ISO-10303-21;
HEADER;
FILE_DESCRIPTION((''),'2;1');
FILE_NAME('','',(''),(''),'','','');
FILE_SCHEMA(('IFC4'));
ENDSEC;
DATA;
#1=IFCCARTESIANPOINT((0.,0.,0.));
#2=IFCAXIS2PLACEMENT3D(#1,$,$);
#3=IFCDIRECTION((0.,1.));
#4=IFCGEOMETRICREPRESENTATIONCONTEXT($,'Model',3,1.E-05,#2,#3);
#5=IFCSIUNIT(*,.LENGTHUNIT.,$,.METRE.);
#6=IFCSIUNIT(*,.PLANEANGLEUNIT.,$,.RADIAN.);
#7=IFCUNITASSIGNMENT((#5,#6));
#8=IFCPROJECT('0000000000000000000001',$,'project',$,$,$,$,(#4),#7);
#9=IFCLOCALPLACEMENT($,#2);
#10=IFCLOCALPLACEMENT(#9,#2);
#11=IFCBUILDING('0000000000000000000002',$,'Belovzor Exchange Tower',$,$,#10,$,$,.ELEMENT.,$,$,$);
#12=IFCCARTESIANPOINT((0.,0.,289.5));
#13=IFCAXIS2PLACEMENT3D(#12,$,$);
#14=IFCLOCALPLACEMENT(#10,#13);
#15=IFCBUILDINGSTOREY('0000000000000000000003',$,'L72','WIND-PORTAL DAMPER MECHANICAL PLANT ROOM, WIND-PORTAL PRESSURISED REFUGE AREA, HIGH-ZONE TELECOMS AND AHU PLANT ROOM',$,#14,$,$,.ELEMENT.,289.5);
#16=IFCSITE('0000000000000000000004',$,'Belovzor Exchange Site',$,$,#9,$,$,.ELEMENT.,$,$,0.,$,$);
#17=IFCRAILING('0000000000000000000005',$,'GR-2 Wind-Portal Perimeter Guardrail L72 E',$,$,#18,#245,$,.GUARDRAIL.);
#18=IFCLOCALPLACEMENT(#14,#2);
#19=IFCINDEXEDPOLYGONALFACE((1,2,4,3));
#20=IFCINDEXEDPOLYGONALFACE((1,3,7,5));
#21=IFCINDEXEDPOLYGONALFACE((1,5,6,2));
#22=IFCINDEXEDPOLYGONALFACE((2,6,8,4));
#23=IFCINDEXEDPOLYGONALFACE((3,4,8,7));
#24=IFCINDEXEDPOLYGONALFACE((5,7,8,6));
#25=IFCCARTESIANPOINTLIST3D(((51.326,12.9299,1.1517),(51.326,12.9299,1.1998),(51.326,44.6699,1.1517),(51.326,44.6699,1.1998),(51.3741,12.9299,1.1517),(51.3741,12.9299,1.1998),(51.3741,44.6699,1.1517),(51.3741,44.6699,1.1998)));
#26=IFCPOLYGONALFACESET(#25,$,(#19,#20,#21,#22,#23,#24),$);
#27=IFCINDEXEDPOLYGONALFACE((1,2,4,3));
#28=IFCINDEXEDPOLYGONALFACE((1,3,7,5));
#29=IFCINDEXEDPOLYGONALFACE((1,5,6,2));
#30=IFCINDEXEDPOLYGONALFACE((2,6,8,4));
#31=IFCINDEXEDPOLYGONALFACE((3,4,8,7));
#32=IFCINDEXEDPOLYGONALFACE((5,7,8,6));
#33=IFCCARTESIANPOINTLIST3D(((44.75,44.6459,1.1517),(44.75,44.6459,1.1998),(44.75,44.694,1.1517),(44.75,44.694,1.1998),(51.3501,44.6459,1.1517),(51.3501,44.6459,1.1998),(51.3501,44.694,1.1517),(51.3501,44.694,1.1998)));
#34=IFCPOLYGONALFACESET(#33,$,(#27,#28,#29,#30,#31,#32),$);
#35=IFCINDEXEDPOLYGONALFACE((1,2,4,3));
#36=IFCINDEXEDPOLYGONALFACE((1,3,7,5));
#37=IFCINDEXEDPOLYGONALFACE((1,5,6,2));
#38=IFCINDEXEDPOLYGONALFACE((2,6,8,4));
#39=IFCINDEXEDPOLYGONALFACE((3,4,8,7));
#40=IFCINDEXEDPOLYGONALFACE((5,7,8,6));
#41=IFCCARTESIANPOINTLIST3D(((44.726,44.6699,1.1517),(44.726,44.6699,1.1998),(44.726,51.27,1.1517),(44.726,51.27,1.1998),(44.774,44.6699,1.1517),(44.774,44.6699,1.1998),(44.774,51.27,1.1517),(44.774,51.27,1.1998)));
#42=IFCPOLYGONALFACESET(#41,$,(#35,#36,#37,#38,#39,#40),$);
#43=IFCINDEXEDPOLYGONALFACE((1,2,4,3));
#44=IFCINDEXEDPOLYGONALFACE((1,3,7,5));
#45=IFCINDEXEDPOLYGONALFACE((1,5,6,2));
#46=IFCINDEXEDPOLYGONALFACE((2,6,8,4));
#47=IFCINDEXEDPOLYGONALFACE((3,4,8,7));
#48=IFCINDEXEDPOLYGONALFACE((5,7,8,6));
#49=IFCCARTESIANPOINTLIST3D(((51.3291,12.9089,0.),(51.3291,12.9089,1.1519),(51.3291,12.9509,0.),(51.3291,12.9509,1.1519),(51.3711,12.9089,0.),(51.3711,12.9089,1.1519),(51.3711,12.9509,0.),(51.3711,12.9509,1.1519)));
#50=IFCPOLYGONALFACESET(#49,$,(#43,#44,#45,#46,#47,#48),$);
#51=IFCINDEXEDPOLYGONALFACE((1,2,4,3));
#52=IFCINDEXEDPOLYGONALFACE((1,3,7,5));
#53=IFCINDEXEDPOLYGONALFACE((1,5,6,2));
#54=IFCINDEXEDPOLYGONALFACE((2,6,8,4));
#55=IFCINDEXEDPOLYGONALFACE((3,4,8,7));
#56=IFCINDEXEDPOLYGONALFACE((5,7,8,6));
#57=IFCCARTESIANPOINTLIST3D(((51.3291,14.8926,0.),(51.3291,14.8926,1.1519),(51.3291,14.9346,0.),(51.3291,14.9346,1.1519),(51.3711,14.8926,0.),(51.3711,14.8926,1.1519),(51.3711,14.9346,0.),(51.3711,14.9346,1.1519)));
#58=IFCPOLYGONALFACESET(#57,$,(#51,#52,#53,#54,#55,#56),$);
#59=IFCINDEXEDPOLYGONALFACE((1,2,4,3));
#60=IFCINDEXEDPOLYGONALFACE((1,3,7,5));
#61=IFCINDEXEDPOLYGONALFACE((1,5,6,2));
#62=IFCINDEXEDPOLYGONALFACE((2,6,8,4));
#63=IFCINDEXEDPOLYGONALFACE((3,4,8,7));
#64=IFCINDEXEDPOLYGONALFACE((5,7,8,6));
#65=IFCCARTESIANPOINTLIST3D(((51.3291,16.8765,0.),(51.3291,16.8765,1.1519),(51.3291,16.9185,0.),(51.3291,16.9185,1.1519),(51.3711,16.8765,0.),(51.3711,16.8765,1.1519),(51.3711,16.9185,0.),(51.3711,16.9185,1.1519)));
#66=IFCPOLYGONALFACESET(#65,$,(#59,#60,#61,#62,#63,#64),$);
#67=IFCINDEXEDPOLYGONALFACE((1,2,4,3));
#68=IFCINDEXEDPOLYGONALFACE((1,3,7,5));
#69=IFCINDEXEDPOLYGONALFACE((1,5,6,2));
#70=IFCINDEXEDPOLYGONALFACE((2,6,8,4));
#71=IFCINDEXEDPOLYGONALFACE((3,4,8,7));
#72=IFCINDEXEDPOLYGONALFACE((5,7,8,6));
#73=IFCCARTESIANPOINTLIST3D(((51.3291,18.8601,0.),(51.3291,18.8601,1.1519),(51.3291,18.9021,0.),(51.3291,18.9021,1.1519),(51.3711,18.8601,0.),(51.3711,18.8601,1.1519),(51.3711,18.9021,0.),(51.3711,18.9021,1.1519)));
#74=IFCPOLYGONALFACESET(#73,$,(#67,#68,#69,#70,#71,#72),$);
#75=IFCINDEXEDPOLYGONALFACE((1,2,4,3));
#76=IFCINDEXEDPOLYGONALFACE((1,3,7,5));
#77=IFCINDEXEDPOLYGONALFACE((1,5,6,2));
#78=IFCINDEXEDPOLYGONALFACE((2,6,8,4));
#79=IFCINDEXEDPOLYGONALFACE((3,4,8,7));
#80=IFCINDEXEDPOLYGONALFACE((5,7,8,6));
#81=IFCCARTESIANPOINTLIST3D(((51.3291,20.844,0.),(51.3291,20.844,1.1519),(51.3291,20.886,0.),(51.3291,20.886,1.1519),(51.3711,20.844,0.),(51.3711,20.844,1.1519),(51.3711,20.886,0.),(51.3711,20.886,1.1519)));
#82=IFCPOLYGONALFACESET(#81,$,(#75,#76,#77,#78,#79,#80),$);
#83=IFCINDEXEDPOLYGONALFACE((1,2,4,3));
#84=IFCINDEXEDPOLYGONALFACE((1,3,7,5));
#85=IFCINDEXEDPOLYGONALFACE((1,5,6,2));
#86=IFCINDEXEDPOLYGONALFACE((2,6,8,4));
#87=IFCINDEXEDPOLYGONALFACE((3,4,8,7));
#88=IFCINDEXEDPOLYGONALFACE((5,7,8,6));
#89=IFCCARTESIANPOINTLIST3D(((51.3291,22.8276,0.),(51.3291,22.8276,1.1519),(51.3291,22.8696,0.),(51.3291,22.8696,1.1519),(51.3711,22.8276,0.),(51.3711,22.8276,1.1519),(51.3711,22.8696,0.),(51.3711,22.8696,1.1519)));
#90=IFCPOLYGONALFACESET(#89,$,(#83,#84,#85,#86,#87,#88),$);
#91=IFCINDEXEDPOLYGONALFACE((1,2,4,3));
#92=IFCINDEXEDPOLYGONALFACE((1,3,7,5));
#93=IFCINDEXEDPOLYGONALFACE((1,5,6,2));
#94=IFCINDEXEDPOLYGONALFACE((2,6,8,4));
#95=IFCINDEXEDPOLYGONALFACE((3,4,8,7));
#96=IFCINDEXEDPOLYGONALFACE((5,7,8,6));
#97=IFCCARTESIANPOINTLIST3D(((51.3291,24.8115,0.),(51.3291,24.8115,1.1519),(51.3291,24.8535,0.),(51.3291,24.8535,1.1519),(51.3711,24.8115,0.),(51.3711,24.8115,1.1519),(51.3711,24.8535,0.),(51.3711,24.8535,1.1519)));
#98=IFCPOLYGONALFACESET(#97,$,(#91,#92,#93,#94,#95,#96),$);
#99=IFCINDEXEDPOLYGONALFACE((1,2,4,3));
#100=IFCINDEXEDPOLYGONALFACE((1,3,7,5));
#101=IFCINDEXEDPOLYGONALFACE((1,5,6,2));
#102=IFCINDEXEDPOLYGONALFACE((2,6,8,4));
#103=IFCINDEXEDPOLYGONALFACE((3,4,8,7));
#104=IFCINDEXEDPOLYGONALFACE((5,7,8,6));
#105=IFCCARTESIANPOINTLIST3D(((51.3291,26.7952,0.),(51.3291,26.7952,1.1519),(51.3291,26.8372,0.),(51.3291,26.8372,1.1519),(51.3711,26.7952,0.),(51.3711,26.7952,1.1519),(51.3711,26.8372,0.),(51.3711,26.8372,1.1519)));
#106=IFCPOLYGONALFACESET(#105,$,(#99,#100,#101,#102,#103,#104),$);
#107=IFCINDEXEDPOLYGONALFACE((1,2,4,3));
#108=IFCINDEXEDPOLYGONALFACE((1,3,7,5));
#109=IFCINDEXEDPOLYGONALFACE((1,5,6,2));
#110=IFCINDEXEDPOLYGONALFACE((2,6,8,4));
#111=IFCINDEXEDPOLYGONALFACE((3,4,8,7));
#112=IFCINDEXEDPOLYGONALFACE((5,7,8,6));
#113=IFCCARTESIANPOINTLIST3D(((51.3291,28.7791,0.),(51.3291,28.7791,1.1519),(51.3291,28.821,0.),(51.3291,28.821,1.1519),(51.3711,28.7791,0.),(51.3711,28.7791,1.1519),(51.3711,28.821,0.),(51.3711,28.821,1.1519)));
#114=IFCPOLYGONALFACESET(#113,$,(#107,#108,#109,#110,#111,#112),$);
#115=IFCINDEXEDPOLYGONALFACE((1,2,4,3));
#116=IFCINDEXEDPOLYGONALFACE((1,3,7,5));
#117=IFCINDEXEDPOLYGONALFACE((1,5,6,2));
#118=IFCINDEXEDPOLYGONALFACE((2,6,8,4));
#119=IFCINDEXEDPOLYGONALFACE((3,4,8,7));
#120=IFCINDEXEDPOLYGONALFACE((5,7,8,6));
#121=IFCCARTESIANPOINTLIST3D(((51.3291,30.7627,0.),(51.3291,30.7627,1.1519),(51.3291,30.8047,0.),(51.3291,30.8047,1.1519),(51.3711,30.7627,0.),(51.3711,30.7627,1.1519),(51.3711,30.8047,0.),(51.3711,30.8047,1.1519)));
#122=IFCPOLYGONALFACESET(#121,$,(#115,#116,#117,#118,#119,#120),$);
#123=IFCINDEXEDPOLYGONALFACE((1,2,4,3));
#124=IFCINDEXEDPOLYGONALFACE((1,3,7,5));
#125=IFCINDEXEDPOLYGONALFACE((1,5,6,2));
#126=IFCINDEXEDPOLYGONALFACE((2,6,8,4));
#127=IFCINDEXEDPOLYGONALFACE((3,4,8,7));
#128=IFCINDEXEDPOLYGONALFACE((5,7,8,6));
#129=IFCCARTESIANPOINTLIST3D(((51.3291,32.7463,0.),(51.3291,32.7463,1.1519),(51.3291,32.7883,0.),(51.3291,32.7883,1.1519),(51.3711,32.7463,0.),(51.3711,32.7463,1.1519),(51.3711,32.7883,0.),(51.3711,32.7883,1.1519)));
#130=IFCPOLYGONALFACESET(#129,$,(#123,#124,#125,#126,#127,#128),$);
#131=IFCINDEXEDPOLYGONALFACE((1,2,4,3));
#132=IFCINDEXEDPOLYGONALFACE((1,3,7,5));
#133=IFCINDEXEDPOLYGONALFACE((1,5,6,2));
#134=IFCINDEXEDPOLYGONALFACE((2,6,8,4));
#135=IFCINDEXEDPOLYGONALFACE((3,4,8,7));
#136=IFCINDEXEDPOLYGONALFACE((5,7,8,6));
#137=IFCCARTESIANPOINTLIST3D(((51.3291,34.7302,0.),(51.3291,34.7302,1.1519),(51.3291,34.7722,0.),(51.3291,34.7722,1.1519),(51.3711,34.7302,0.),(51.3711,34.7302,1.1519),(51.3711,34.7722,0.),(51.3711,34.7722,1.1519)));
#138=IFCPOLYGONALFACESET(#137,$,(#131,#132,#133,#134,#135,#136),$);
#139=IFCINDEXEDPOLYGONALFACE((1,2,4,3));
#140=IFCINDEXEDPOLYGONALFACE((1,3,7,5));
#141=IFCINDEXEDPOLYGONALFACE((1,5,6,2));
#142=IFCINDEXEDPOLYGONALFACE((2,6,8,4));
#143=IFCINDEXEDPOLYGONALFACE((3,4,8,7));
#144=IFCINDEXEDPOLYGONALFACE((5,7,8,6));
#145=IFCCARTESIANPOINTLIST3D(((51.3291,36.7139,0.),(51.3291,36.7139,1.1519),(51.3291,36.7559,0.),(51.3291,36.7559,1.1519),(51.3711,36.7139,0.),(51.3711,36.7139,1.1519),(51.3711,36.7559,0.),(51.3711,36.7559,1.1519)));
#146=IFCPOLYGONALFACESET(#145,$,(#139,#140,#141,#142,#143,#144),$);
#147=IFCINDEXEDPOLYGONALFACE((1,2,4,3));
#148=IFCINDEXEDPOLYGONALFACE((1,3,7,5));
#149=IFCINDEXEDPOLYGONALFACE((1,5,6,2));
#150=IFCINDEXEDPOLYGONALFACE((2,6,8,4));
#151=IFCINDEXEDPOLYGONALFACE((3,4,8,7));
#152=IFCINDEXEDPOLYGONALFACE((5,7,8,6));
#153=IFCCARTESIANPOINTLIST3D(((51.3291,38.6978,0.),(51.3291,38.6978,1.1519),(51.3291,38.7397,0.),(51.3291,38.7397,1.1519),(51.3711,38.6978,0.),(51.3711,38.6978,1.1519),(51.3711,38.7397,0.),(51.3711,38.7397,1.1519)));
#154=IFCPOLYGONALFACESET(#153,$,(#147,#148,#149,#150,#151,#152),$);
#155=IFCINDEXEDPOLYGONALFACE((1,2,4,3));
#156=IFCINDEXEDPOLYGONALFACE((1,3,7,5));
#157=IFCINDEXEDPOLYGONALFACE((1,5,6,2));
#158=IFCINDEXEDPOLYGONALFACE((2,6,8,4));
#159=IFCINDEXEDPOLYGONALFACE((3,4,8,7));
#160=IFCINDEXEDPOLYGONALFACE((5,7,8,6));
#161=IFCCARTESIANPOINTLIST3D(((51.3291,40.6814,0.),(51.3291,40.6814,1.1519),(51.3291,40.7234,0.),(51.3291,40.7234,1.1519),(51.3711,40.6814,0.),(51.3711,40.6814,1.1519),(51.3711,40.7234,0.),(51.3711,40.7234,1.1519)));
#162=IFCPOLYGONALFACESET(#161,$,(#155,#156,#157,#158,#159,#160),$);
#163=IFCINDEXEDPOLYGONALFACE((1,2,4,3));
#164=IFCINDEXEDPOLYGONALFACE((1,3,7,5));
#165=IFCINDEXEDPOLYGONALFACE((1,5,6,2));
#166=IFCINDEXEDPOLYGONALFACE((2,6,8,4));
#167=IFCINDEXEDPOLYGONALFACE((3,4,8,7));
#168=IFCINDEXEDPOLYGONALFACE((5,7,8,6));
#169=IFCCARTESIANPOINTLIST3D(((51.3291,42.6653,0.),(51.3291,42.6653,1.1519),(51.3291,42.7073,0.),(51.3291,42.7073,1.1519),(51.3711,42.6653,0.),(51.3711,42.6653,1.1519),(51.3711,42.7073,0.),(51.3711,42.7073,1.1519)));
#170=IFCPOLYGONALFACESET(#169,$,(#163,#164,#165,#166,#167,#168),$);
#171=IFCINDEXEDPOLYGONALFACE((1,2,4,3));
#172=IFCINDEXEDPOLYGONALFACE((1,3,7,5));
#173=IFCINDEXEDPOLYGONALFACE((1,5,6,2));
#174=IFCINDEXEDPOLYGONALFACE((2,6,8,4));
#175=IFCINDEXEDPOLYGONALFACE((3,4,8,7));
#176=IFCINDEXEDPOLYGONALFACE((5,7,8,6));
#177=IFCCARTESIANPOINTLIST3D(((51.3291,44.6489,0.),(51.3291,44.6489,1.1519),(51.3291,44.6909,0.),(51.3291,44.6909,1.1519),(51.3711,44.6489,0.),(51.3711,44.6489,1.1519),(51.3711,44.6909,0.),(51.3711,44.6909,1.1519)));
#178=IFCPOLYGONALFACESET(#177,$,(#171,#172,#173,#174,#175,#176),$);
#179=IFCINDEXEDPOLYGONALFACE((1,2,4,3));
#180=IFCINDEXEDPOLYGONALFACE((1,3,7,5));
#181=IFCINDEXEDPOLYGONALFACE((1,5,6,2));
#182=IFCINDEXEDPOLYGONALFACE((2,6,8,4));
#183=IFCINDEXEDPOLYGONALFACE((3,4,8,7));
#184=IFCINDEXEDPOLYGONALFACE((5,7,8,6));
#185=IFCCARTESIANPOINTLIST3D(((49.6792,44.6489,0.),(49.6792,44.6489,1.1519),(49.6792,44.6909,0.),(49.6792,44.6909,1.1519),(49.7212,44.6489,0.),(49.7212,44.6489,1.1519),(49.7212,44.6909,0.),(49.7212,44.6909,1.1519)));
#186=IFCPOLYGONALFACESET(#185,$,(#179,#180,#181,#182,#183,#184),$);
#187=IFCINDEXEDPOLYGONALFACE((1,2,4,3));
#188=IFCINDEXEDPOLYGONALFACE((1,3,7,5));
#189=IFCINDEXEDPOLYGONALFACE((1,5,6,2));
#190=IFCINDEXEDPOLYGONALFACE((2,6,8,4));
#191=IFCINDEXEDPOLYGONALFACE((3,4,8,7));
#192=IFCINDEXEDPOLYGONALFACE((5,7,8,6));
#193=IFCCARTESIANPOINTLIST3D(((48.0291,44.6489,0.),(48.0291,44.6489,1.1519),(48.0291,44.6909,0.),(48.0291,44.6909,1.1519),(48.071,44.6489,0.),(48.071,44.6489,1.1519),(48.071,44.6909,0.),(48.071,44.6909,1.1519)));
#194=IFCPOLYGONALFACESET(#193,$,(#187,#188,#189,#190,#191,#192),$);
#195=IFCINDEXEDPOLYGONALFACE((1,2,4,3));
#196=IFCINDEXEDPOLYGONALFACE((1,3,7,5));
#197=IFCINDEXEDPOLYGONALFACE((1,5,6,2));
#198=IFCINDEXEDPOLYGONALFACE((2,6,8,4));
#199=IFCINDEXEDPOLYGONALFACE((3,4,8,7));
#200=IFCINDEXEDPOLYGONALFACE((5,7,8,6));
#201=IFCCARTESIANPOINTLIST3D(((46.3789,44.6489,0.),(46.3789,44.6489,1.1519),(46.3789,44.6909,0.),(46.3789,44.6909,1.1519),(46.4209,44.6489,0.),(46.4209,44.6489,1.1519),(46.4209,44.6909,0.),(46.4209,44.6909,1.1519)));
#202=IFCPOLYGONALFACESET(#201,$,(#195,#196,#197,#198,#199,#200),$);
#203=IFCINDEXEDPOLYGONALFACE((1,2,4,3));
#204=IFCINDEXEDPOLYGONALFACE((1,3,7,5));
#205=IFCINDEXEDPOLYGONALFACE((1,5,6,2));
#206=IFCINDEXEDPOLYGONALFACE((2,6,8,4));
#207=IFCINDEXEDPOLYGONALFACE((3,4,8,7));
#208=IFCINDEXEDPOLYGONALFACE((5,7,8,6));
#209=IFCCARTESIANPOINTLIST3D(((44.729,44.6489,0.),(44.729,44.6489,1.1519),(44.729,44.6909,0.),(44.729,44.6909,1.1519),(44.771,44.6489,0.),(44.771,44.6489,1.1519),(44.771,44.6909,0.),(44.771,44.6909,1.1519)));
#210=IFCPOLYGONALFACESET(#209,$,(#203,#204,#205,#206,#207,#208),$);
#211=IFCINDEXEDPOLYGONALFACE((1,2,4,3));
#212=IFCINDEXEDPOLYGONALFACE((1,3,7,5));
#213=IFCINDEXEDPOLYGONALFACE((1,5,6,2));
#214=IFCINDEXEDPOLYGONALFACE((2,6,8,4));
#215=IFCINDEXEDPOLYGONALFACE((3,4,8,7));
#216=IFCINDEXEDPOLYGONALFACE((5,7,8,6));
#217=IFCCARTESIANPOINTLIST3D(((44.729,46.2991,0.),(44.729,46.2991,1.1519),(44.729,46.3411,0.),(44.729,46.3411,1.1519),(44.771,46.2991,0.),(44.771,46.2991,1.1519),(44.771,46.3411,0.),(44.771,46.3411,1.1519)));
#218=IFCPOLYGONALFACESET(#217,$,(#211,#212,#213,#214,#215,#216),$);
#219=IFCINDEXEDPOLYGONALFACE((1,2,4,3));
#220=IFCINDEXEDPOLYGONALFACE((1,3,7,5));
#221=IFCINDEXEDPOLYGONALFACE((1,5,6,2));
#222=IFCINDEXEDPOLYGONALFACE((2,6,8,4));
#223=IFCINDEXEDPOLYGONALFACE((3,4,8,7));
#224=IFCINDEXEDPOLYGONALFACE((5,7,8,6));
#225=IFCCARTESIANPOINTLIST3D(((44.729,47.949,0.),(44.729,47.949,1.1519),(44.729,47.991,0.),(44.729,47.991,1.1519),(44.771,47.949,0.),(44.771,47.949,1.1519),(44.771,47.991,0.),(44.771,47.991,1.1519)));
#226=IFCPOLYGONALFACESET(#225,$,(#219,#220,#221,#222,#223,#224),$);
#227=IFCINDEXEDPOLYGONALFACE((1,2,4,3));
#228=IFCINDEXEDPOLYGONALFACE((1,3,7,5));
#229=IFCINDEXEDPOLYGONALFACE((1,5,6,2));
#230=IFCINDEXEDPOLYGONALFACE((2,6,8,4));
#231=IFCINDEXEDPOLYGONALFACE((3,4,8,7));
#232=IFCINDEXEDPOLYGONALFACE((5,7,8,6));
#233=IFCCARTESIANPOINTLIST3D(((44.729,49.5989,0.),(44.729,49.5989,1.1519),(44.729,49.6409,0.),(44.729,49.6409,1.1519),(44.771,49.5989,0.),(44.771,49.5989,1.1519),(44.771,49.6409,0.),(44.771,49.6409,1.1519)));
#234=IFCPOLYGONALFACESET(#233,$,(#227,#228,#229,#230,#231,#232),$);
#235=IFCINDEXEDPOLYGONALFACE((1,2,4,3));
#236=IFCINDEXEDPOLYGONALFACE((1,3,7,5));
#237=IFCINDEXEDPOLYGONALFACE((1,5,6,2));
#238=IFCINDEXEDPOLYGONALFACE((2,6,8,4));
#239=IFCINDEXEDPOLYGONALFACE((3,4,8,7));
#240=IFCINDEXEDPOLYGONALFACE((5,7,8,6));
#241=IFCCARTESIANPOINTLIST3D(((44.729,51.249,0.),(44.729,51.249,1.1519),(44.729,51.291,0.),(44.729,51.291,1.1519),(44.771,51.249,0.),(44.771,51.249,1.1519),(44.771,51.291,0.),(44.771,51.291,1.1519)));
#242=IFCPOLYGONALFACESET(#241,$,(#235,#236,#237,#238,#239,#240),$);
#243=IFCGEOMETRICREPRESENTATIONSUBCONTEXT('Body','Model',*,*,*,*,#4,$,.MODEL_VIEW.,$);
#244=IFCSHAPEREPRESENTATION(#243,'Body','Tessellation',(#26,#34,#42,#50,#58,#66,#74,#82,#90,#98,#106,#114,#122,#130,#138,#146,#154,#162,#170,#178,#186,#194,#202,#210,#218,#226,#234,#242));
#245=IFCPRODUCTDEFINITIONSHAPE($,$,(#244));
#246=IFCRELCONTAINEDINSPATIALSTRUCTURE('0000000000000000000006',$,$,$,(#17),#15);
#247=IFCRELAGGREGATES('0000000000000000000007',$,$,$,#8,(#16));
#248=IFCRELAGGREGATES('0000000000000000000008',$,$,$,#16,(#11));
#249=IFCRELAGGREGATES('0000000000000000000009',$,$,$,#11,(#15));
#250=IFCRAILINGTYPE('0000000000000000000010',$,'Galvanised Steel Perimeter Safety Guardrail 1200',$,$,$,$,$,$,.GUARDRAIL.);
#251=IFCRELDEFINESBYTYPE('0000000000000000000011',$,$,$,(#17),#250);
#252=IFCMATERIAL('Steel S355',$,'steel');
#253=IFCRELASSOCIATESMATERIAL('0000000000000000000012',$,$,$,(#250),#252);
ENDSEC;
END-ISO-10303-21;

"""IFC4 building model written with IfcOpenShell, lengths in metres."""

from ifc_helpers import new_model, si_unit, direction, frame, origin, origin_2d, place, context, subcontext, project, spatial, rectangle, extrude, material, type_object, element, save


model = new_model("IFC4")

# Units and contexts
model_context = context("Model", 3, precision=1e-05, world=origin(), true_north=direction((0.0, 1.0)))
body_context = subcontext(model_context, "Body", "Model", "MODEL_VIEW")
ifc_project = project(units=[si_unit("LENGTHUNIT", "METRE"), si_unit("PLANEANGLEUNIT", "RADIAN")], contexts=[model_context])

# Site, building, storey
site_placement = place(None, origin())
site = spatial("IfcSite", under=ifc_project, at=site_placement, Name="Belovzor Exchange Site", CompositionType="ELEMENT", RefElevation=0.0)
building_placement = place(site_placement, origin())
building = spatial("IfcBuilding", under=site, at=building_placement, Name="Belovzor Exchange Tower", CompositionType="ELEMENT")
storey_placement = place(building_placement, frame((0.0, 0.0, 289.5)))
storey = spatial("IfcBuildingStorey", under=building, at=storey_placement, Name="L72", Description="WIND-PORTAL DAMPER MECHANICAL PLANT ROOM, WIND-PORTAL PRESSURISED REFUGE AREA, HIGH-ZONE TELECOMS AND AHU PLANT ROOM", CompositionType="ELEMENT", Elevation=289.5)

# Railing
ifc_material_1 = material(Name="Steel S355", Category="steel")
railing_type = type_object("IfcRailingType", Name="Galvanised Steel Perimeter Safety Guardrail 1200", PredefinedType="GUARDRAIL", material=ifc_material_1)
railing_placement = place(storey_placement, frame((51.3501, 12.9299, 0.0)))
element("IfcRailing", 1, at=railing_placement, inside=storey, type_object=railing_type, Name="GR-2 Wind-Portal Perimeter Guardrail L72 E", PredefinedType="GUARDRAIL", context=body_context, shape_type="SweptSolid", body=[
    extrude(rectangle(XDim=0.0481, YDim=0.0481, at=origin_2d()), frame((0.0, 0.0, 1.1758), z_axis=(0.0, 1.0, 0.0), x_axis=(-1.0, 0.0, 0.0)), (0.0, 0.0, 1.0), 31.74),
    extrude(rectangle(XDim=0.0481, YDim=0.0481, at=origin_2d()), frame((0.0, 31.74, 1.1758), z_axis=(-1.0, 0.0, 0.0), x_axis=(0.0, -1.0, 0.0)), (0.0, 0.0, 1.0), 6.6001),
    extrude(rectangle(XDim=0.0481, YDim=0.0481, at=origin_2d()), frame((-6.6001, 31.74, 1.1758), z_axis=(0.0, 1.0, 0.0), x_axis=(-1.0, 0.0, 0.0)), (0.0, 0.0, 1.0), 6.6001),
    extrude(rectangle(XDim=0.042, YDim=0.042, at=origin_2d()), origin(), (0.0, 0.0, 1.0), 1.1519),
    extrude(rectangle(XDim=0.042, YDim=0.042, at=origin_2d()), frame((0.0, 1.9836, 0.0)), (0.0, 0.0, 1.0), 1.1519),
    extrude(rectangle(XDim=0.042, YDim=0.042, at=origin_2d()), frame((0.0, 3.9675, 0.0)), (0.0, 0.0, 1.0), 1.1519),
    extrude(rectangle(XDim=0.042, YDim=0.042, at=origin_2d()), frame((0.0, 5.9512, 0.0)), (0.0, 0.0, 1.0), 1.1519),
    extrude(rectangle(XDim=0.042, YDim=0.042, at=origin_2d()), frame((0.0, 7.9351, 0.0)), (0.0, 0.0, 1.0), 1.1519),
    extrude(rectangle(XDim=0.042, YDim=0.042, at=origin_2d()), frame((0.0, 9.9187, 0.0)), (0.0, 0.0, 1.0), 1.1519),
    extrude(rectangle(XDim=0.042, YDim=0.042, at=origin_2d()), frame((0.0, 11.9026, 0.0)), (0.0, 0.0, 1.0), 1.1519),
    extrude(rectangle(XDim=0.042, YDim=0.042, at=origin_2d()), frame((0.0, 13.8862, 0.0)), (0.0, 0.0, 1.0), 1.1519),
    extrude(rectangle(XDim=0.042, YDim=0.042, at=origin_2d()), frame((0.0, 15.8701, 0.0)), (0.0, 0.0, 1.0), 1.1519),
    extrude(rectangle(XDim=0.042, YDim=0.042, at=origin_2d()), frame((0.0, 17.8538, 0.0)), (0.0, 0.0, 1.0), 1.1519),
    extrude(rectangle(XDim=0.042, YDim=0.042, at=origin_2d()), frame((0.0, 19.8374, 0.0)), (0.0, 0.0, 1.0), 1.1519),
    extrude(rectangle(XDim=0.042, YDim=0.042, at=origin_2d()), frame((0.0, 21.8213, 0.0)), (0.0, 0.0, 1.0), 1.1519),
    extrude(rectangle(XDim=0.042, YDim=0.042, at=origin_2d()), frame((0.0, 23.8049, 0.0)), (0.0, 0.0, 1.0), 1.1519),
    extrude(rectangle(XDim=0.042, YDim=0.042, at=origin_2d()), frame((0.0, 25.7888, 0.0)), (0.0, 0.0, 1.0), 1.1519),
    extrude(rectangle(XDim=0.042, YDim=0.042, at=origin_2d()), frame((0.0, 27.7725, 0.0)), (0.0, 0.0, 1.0), 1.1519),
    extrude(rectangle(XDim=0.042, YDim=0.042, at=origin_2d()), frame((0.0, 29.7563, 0.0)), (0.0, 0.0, 1.0), 1.1519),
    extrude(rectangle(XDim=0.042, YDim=0.042, at=origin_2d()), frame((0.0, 31.74, 0.0)), (0.0, 0.0, 1.0), 1.1519),
    extrude(rectangle(XDim=0.042, YDim=0.042, at=origin_2d()), frame((-1.6499, 31.74, 0.0)), (0.0, 0.0, 1.0), 1.1519),
    extrude(rectangle(XDim=0.042, YDim=0.042, at=origin_2d()), frame((-3.3, 31.74, 0.0)), (0.0, 0.0, 1.0), 1.1519),
    extrude(rectangle(XDim=0.042, YDim=0.042, at=origin_2d()), frame((-4.9502, 31.74, 0.0)), (0.0, 0.0, 1.0), 1.1519),
    extrude(rectangle(XDim=0.042, YDim=0.042, at=origin_2d()), frame((-6.6001, 31.74, 0.0)), (0.0, 0.0, 1.0), 1.1519),
    extrude(rectangle(XDim=0.042, YDim=0.042, at=origin_2d()), frame((-6.6001, 33.3901, 0.0)), (0.0, 0.0, 1.0), 1.1519),
    extrude(rectangle(XDim=0.042, YDim=0.042, at=origin_2d()), frame((-6.6001, 35.04, 0.0)), (0.0, 0.0, 1.0), 1.1519),
    extrude(rectangle(XDim=0.042, YDim=0.042, at=origin_2d()), frame((-6.6001, 36.6899, 0.0)), (0.0, 0.0, 1.0), 1.1519),
    extrude(rectangle(XDim=0.042, YDim=0.042, at=origin_2d()), frame((-6.6001, 38.3401, 0.0)), (0.0, 0.0, 1.0), 1.1519),
])

save(model, "model.ifc")
